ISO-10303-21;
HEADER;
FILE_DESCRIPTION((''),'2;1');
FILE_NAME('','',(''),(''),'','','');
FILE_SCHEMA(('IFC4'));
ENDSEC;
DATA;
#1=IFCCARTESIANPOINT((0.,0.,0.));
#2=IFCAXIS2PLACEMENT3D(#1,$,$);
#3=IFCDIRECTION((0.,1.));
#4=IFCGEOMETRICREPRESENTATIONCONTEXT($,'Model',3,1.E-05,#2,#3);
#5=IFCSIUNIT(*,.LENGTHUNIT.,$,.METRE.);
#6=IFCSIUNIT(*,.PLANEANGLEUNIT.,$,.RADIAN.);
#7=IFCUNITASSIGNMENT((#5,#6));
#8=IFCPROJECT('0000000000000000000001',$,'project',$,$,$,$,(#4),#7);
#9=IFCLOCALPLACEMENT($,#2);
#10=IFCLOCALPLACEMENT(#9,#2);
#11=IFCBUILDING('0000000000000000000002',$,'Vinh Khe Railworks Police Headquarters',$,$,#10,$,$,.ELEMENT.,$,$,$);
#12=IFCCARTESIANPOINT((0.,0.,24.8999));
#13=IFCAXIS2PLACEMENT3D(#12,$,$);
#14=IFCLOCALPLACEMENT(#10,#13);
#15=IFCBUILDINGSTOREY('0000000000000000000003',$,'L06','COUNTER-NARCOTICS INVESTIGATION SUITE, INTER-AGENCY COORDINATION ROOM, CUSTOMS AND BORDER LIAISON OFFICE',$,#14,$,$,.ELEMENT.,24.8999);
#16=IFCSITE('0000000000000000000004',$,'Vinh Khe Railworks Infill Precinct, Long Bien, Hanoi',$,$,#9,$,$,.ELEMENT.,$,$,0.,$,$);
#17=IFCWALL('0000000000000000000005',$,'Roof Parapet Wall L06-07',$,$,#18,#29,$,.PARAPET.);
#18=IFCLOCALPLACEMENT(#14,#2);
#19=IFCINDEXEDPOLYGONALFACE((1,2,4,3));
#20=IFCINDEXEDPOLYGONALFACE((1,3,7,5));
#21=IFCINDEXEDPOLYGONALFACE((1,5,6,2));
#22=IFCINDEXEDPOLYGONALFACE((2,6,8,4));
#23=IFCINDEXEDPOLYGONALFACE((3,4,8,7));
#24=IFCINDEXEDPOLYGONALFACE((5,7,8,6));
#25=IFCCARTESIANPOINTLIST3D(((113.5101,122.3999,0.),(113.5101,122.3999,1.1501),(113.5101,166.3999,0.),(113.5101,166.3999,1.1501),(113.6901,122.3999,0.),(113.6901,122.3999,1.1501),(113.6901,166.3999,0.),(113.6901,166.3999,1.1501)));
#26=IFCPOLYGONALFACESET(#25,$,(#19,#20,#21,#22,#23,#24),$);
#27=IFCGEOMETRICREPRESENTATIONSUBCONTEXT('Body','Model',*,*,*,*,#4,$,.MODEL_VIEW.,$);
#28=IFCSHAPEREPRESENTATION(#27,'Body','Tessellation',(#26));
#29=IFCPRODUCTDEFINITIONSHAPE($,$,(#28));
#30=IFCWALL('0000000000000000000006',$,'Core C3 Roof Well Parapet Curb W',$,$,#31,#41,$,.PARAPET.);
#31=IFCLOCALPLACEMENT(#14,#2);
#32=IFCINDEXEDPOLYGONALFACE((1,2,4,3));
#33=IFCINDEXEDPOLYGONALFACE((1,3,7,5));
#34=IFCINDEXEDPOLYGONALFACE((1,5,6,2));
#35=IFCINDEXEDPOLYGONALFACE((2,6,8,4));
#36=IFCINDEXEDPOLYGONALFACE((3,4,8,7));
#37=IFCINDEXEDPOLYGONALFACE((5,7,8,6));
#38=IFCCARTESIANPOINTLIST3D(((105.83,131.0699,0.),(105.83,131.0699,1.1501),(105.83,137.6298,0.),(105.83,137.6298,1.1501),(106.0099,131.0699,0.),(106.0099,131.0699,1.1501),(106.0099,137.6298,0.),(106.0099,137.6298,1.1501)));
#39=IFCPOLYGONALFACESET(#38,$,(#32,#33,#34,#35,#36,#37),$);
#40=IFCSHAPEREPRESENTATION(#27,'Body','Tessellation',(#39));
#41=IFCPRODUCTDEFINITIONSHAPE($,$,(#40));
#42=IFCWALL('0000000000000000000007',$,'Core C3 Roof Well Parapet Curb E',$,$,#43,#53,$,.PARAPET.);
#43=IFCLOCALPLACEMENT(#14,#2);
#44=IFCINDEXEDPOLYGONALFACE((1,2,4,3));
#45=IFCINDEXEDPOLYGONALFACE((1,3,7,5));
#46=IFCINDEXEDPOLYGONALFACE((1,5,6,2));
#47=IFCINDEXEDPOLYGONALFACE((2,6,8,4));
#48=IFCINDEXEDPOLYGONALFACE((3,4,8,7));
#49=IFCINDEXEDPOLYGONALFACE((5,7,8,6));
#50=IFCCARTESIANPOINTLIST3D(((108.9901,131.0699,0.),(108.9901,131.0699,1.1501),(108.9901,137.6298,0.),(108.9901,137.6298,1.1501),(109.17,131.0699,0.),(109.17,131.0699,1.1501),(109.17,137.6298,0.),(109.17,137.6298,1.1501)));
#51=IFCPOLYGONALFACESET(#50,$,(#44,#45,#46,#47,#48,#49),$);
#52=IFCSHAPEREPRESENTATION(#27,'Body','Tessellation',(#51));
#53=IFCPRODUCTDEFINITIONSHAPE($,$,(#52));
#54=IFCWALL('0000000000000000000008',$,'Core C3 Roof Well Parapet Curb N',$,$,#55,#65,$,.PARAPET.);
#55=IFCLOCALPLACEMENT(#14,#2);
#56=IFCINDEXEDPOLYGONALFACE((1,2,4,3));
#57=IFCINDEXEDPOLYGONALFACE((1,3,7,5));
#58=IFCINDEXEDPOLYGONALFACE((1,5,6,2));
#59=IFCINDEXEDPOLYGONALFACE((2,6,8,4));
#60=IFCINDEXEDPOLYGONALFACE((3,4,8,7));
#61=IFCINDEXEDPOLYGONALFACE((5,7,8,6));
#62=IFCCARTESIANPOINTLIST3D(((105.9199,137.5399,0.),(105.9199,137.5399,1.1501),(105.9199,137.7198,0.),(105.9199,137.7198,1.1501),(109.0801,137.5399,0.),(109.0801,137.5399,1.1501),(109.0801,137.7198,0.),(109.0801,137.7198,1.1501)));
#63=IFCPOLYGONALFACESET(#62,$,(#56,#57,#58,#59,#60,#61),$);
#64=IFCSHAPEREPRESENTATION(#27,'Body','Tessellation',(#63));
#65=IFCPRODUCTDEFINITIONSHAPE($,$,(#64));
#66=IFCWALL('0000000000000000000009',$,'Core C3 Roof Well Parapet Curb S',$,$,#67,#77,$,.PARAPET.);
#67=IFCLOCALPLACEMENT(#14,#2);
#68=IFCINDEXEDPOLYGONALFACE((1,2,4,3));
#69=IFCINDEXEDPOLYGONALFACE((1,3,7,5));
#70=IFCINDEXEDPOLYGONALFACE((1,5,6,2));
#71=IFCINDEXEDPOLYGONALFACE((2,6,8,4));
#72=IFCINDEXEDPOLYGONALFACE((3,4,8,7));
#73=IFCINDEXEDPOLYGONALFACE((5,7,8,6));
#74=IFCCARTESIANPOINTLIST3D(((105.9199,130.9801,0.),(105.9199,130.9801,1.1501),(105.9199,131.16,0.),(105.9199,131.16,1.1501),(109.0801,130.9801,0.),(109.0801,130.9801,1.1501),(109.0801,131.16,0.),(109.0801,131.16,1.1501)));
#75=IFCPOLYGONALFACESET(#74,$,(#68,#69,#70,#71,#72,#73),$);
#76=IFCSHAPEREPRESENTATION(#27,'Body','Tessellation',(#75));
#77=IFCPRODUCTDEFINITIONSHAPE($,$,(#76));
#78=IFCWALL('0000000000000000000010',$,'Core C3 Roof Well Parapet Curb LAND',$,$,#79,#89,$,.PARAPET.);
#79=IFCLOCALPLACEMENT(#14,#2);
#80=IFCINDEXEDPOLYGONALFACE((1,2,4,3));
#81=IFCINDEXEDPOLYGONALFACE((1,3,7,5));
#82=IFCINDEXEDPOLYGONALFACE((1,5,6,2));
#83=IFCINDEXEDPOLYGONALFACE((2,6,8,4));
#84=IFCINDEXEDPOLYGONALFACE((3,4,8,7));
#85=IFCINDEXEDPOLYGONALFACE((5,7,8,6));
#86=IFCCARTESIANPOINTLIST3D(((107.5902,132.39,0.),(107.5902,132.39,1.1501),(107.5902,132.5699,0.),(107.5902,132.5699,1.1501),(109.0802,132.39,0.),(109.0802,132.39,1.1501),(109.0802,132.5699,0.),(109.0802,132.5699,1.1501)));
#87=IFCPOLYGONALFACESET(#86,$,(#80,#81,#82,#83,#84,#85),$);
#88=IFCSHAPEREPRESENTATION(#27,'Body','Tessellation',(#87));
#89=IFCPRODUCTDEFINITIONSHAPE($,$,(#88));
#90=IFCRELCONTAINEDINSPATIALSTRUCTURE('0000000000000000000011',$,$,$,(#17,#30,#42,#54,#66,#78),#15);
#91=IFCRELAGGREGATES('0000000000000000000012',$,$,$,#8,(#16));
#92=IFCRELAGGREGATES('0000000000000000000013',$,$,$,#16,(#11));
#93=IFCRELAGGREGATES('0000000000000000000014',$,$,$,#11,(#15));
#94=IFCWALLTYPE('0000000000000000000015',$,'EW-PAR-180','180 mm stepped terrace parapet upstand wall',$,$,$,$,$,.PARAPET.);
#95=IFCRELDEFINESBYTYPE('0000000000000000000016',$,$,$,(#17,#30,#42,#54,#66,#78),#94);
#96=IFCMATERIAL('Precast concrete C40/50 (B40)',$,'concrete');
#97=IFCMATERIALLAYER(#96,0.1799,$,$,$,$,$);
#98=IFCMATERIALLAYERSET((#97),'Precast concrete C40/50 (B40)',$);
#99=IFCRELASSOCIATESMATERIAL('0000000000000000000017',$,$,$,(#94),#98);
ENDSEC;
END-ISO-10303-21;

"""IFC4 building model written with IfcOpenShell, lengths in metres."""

from ifc_helpers import new_model, si_unit, direction, frame, frame_2d, origin, place, context, subcontext, project, spatial, rectangle, extrude, material, layer, layer_set, type_object, element, save


model = new_model("IFC4")

# Units and contexts
model_context = context("Model", 3, precision=1e-05, world=origin(), true_north=direction((0.0, 1.0)))
body_context = subcontext(model_context, "Body", "Model", "MODEL_VIEW")
ifc_project = project(units=[si_unit("LENGTHUNIT", "METRE"), si_unit("PLANEANGLEUNIT", "RADIAN")], contexts=[model_context])

# Site, building, storey
site_placement = place(None, origin())
site = spatial("IfcSite", under=ifc_project, at=site_placement, Name="Vinh Khe Railworks Infill Precinct, Long Bien, Hanoi", CompositionType="ELEMENT", RefElevation=0.0)
building_placement = place(site_placement, origin())
building = spatial("IfcBuilding", under=site, at=building_placement, Name="Vinh Khe Railworks Police Headquarters", CompositionType="ELEMENT")
storey_placement = place(building_placement, frame((0.0, 0.0, 24.8999)))
storey = spatial("IfcBuildingStorey", under=building, at=storey_placement, Name="L06", Description="COUNTER-NARCOTICS INVESTIGATION SUITE, INTER-AGENCY COORDINATION ROOM, CUSTOMS AND BORDER LIAISON OFFICE", CompositionType="ELEMENT", Elevation=24.8999)

# Walls
ifc_material_1 = material(Name="Precast concrete C40/50 (B40)", Category="concrete")
ifc_layer = layer(ifc_material_1, 0.1799)
ifc_layer_set = layer_set([ifc_layer], Name="Precast concrete C40/50 (B40)")
wall_type = type_object("IfcWallType", Name="EW-PAR-180", Description="180 mm stepped terrace parapet upstand wall", PredefinedType="PARAPET", material=ifc_layer_set)
wall_1_placement = place(storey_placement, frame((113.6001, 122.3999, 0.0), z_axis=(0.0, 0.0, 1.0), x_axis=(0.0, 1.0, 0.0)))
element("IfcWall", 1, at=wall_1_placement, inside=storey, type_object=wall_type, Name="Roof Parapet Wall L06-07", PredefinedType="PARAPET", context=body_context, shape_type="SweptSolid", body=[
    extrude(rectangle(XDim=44.0, YDim=0.1799, at=frame_2d((22.0, 0.0))), origin(), (0.0, 0.0, 1.0), 1.1501),
])
for number, where, z_axis, x_axis, name in (
    (2, (105.9199, 131.0701, 0.0), (0.0, 0.0, 1.0), (0.0, 1.0, 0.0), "Core C3 Roof Well Parapet Curb W"),
    (3, (109.0801, 131.0701, 0.0), (0.0, 0.0, 1.0), (0.0, 1.0, 0.0), "Core C3 Roof Well Parapet Curb E"),
):
    element("IfcWall", number, at=place(storey_placement, frame(where, z_axis=z_axis, x_axis=x_axis)), inside=storey, type_object=wall_type, Name=name, PredefinedType="PARAPET", context=body_context, shape_type="SweptSolid", body=[
        extrude(rectangle(XDim=6.5598, YDim=0.1799, at=frame_2d((3.2798, 0.0))), origin(), (0.0, 0.0, 1.0), 1.1501),
    ])
for number, where, z_axis, x_axis, name in (
    (4, (105.9199, 137.6299, 0.0), (0.0, 0.0, 1.0), (1.0, 0.0, 0.0), "Core C3 Roof Well Parapet Curb N"),
    (5, (105.9199, 131.0701, 0.0), (0.0, 0.0, 1.0), (1.0, 0.0, 0.0), "Core C3 Roof Well Parapet Curb S"),
):
    element("IfcWall", number, at=place(storey_placement, frame(where, z_axis=z_axis, x_axis=x_axis)), inside=storey, type_object=wall_type, Name=name, PredefinedType="PARAPET", context=body_context, shape_type="SweptSolid", body=[
        extrude(rectangle(XDim=3.1602, YDim=0.1799, at=frame_2d((1.5801, 0.0))), origin(), (0.0, 0.0, 1.0), 1.1501),
    ])
wall_2_placement = place(storey_placement, frame((107.5901, 132.48, 0.0), z_axis=(0.0, 0.0, 1.0), x_axis=(1.0, 0.0, 0.0)))
element("IfcWall", 6, at=wall_2_placement, inside=storey, type_object=wall_type, Name="Core C3 Roof Well Parapet Curb LAND", PredefinedType="PARAPET", context=body_context, shape_type="SweptSolid", body=[
    extrude(rectangle(XDim=1.49, YDim=0.1799, at=frame_2d((0.7451, 0.0))), origin(), (0.0, 0.0, 1.0), 1.1501),
])

save(model, "model.ifc")
